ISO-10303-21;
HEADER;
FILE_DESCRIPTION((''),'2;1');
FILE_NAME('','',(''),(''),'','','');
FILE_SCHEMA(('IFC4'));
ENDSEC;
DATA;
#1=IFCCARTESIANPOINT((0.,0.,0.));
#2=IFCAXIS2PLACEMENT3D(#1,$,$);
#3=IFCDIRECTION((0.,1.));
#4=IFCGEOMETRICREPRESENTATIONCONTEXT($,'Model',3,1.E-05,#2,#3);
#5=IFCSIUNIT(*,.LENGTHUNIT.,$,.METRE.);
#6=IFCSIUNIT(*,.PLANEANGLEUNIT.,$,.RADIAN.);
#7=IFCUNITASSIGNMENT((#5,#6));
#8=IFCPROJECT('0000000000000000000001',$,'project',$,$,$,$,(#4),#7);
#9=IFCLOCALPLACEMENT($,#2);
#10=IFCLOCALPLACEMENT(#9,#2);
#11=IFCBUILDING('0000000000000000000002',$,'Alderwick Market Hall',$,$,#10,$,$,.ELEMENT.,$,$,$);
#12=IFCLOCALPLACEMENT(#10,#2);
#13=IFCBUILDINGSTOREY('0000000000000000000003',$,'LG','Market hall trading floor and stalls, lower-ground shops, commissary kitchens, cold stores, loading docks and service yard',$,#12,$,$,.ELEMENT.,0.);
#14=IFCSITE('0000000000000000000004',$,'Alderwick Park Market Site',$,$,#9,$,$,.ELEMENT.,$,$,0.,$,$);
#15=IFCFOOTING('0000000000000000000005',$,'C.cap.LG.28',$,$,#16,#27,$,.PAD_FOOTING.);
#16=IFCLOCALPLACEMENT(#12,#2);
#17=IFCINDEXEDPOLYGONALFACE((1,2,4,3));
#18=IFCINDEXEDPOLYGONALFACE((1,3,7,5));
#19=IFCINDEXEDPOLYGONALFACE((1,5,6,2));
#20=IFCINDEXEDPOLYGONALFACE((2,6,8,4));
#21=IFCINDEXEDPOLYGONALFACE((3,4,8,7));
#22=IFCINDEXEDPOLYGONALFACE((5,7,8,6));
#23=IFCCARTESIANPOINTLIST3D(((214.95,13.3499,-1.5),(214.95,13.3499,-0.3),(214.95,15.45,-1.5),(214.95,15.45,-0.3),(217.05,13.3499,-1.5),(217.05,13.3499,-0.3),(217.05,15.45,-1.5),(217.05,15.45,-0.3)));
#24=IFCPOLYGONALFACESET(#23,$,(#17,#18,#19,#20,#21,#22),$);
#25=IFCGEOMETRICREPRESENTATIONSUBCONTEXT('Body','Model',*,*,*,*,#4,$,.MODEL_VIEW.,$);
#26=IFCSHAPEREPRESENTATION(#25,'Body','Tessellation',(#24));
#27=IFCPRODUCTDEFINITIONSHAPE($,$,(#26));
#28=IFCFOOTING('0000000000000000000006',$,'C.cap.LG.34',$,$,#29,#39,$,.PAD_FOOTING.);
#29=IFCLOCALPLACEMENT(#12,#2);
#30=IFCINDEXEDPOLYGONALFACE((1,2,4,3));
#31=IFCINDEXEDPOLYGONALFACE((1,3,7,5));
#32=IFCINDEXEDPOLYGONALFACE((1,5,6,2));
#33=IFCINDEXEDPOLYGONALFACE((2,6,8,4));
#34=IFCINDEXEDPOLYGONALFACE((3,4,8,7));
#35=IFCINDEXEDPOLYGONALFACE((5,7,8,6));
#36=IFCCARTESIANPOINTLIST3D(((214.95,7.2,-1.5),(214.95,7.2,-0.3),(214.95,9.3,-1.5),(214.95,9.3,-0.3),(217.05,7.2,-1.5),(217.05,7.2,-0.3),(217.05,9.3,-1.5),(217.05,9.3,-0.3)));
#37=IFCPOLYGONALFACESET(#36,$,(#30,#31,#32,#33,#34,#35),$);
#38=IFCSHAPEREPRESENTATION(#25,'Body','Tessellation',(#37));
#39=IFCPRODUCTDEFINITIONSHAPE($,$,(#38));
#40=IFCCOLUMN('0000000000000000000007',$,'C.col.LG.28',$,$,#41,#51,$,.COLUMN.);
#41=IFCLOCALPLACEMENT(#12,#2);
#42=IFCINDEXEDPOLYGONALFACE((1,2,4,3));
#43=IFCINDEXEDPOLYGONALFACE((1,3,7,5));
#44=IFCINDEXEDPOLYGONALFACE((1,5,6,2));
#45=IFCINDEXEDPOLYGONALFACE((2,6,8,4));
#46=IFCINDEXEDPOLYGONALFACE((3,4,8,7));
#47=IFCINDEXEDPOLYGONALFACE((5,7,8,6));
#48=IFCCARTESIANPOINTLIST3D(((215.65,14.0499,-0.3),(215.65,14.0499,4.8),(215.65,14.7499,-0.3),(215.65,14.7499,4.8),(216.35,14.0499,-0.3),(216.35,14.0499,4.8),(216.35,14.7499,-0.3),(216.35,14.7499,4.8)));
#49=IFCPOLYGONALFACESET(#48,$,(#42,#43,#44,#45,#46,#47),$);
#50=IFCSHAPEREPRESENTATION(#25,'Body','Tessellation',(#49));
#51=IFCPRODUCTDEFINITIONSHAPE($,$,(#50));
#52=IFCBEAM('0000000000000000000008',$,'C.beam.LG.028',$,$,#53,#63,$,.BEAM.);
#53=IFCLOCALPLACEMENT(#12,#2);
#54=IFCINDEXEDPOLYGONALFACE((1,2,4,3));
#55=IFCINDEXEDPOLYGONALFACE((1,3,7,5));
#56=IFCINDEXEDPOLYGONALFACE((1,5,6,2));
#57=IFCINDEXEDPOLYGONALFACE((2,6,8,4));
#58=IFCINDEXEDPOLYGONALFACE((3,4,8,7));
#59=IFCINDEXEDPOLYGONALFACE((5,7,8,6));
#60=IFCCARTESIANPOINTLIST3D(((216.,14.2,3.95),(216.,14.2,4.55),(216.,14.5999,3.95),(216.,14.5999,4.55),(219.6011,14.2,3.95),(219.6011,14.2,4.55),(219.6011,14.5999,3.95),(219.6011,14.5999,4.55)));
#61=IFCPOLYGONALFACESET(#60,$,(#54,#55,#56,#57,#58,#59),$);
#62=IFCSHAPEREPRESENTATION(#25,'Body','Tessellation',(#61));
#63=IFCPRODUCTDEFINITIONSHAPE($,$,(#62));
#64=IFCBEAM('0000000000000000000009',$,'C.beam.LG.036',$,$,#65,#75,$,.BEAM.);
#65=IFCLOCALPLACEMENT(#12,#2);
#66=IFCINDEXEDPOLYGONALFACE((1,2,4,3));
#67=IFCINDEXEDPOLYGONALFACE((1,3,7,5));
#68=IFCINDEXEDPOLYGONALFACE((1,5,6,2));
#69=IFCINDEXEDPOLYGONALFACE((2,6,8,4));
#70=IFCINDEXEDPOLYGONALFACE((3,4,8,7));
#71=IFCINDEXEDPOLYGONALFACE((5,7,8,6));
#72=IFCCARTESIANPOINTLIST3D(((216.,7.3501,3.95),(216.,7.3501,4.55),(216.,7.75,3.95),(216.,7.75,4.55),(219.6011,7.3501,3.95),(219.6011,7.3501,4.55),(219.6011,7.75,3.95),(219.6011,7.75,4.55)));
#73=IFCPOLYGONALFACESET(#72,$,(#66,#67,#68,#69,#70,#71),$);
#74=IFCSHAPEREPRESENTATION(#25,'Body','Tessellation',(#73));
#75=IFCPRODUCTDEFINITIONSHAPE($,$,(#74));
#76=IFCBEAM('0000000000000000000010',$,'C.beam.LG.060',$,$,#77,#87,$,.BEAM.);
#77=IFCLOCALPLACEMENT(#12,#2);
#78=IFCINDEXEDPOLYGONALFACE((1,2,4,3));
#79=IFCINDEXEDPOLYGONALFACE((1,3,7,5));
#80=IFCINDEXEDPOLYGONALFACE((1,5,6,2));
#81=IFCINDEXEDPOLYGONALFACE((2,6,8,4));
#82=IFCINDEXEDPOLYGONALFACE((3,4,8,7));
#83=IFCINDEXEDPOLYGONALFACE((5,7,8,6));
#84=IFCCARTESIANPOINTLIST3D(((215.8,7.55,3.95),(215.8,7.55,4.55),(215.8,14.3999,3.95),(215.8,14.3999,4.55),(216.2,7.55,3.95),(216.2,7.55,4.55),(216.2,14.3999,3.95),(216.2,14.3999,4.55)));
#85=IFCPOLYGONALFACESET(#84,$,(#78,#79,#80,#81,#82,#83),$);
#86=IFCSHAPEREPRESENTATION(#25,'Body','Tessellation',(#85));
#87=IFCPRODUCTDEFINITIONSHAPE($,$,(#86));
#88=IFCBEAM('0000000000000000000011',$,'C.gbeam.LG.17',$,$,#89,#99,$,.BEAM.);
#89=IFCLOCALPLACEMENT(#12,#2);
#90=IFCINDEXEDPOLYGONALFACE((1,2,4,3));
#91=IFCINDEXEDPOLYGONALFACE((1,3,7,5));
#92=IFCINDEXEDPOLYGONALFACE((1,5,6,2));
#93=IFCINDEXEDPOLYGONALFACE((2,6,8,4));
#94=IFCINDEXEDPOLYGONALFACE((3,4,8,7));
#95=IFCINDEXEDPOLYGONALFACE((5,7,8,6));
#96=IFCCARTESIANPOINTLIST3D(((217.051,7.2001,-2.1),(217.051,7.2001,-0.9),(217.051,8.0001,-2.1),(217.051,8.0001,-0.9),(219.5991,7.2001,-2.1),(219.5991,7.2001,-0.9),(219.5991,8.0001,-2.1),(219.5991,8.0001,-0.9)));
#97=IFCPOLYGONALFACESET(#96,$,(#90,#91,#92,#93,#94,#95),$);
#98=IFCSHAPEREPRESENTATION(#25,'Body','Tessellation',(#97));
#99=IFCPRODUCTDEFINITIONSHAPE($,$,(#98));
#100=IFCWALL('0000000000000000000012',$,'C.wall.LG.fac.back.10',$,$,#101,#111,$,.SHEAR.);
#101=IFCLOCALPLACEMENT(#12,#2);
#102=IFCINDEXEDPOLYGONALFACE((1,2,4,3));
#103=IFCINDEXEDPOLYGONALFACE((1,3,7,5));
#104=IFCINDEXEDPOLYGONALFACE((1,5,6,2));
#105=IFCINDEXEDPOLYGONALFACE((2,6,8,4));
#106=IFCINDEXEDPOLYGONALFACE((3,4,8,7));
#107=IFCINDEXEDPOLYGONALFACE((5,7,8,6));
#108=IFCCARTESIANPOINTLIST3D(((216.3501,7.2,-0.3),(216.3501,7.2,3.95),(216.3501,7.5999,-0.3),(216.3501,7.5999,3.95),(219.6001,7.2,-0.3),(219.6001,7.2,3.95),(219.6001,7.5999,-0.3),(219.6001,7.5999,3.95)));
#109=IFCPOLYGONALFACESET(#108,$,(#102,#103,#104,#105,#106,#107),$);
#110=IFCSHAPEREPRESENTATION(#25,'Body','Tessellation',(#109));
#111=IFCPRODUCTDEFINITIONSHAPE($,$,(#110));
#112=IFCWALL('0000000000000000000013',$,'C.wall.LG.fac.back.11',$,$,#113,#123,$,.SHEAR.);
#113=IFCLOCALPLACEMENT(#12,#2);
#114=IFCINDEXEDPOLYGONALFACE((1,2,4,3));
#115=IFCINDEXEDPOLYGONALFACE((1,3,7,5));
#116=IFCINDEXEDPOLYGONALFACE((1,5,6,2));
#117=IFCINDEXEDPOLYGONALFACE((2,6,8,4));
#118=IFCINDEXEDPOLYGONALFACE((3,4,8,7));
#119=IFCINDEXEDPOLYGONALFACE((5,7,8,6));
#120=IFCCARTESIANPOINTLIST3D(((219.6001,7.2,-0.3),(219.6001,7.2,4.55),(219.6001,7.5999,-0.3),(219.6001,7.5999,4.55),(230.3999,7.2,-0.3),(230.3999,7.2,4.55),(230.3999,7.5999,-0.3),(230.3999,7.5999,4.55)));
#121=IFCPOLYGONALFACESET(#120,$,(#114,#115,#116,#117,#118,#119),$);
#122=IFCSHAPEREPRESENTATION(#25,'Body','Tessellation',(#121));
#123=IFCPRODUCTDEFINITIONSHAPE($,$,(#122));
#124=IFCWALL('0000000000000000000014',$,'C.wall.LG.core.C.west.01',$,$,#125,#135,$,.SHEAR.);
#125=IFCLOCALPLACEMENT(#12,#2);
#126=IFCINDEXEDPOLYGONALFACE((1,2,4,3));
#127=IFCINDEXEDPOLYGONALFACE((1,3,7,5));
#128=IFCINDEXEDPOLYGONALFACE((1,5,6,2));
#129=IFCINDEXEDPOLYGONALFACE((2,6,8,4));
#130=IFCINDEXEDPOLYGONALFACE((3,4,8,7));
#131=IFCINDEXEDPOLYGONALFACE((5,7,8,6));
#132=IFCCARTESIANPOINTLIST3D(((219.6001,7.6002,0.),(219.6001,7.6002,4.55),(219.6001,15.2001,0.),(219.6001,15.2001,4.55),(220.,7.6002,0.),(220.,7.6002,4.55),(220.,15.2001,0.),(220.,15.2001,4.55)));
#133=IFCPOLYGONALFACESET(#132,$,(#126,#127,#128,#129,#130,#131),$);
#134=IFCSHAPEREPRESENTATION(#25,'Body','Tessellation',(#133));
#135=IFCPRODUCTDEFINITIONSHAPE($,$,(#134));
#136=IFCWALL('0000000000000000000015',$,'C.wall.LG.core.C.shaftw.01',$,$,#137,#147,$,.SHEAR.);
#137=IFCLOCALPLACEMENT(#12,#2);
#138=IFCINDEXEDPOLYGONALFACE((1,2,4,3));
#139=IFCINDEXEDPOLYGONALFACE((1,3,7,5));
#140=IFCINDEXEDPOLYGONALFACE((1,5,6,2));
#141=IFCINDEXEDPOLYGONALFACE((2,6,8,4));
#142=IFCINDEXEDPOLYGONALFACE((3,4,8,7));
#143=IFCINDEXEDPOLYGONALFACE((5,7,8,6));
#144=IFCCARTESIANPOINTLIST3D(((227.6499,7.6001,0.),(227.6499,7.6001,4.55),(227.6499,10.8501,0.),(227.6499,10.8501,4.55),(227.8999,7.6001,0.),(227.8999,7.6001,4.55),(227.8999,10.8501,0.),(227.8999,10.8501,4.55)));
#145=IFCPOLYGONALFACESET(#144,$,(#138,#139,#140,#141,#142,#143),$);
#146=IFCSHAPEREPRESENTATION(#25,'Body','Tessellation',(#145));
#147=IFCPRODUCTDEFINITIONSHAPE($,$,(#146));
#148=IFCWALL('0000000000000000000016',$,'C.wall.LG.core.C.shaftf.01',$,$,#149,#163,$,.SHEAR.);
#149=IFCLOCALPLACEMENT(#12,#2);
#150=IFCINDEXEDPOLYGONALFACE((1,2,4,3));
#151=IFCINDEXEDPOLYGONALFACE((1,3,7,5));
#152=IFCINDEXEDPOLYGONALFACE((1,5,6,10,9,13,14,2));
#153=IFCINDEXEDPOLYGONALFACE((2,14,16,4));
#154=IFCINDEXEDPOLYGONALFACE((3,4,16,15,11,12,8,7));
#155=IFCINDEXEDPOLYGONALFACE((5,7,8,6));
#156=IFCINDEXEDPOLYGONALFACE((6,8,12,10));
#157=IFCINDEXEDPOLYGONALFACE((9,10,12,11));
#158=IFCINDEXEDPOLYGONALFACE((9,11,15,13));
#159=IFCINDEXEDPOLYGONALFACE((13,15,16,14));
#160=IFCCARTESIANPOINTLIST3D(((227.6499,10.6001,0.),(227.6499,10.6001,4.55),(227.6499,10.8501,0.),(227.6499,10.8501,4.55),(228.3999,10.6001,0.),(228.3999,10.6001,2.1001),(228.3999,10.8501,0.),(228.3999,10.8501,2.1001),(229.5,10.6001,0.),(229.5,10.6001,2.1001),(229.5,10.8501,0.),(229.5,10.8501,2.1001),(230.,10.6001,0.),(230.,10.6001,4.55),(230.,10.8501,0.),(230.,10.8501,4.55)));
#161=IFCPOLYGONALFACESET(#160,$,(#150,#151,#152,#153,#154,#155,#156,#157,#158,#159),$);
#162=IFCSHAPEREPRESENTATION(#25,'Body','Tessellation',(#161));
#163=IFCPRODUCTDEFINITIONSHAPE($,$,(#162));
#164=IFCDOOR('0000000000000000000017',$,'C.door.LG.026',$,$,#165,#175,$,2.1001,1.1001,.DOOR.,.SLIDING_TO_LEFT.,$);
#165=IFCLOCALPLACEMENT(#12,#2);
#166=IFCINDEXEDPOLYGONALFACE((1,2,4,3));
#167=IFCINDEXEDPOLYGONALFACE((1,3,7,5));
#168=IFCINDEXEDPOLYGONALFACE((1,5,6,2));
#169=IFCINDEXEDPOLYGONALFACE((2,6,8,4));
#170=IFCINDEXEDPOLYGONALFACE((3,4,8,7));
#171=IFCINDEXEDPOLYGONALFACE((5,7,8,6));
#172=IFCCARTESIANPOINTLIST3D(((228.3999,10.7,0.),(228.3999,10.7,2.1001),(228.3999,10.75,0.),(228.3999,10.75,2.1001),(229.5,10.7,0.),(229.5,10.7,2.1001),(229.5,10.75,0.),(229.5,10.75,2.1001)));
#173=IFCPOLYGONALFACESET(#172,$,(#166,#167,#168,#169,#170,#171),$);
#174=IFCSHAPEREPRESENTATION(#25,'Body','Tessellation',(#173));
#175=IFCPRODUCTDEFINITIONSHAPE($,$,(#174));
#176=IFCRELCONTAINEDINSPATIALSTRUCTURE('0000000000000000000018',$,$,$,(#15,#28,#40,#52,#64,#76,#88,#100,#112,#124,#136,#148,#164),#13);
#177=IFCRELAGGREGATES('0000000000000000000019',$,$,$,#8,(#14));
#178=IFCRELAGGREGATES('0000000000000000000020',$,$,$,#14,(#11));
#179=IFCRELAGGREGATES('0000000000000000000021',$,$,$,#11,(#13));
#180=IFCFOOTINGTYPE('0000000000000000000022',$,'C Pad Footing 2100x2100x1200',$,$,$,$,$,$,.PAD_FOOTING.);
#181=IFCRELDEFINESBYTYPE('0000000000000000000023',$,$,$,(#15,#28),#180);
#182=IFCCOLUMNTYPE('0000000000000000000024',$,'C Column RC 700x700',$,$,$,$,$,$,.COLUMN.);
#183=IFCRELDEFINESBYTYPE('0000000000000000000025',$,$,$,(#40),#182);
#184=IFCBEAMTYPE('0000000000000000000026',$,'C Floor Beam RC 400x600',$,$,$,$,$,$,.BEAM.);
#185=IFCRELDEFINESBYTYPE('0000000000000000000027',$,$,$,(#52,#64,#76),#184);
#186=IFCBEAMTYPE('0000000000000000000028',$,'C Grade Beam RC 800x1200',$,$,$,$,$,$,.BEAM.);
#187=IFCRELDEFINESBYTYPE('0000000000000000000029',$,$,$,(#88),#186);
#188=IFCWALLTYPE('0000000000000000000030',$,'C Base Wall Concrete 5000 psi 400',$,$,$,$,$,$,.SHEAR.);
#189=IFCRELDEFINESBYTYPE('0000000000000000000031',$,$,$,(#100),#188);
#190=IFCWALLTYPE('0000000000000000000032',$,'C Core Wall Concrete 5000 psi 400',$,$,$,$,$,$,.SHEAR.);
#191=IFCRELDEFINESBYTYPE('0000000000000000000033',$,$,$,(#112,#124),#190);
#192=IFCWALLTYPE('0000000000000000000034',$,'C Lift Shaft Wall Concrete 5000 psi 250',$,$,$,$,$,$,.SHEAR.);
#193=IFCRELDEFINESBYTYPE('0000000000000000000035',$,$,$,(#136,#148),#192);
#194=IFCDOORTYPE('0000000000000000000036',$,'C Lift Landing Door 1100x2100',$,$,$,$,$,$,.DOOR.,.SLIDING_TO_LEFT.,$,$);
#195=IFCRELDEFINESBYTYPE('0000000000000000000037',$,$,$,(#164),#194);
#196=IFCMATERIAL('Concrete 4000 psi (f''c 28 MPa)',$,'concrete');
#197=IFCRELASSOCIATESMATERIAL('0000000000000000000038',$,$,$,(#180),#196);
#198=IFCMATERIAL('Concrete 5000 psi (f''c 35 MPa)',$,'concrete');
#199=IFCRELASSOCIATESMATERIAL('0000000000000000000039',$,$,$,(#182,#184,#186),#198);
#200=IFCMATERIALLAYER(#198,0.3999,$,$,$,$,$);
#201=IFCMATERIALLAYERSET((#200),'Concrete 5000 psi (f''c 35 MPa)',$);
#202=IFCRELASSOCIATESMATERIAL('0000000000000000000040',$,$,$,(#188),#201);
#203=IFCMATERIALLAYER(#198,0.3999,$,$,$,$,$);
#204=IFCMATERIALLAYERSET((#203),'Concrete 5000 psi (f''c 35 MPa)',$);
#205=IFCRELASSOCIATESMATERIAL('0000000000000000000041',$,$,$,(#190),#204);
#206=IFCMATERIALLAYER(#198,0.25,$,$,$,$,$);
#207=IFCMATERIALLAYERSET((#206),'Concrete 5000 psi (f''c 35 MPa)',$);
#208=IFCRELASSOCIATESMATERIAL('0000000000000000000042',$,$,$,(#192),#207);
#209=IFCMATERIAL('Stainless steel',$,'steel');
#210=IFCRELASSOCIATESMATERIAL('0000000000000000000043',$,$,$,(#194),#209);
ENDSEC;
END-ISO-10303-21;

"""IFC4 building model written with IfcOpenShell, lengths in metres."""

from ifc_helpers import new_model, si_unit, direction, frame, frame_2d, origin, origin_2d, place, context, subcontext, project, spatial, rectangle, extrude, material, layer, layer_set, material_profile, profile_set, type_object, element, fill, save


model = new_model("IFC4")

# Units and contexts
model_context = context("Model", 3, precision=1e-05, world=origin(), true_north=direction((0.0, 1.0)))
body_context = subcontext(model_context, "Body", "Model", "MODEL_VIEW")
ifc_project = project(units=[si_unit("LENGTHUNIT", "METRE"), si_unit("PLANEANGLEUNIT", "RADIAN")], contexts=[model_context])

# Site, building, storey
site_placement = place(None, origin())
site = spatial("IfcSite", under=ifc_project, at=site_placement, Name="Alderwick Park Market Site", CompositionType="ELEMENT", RefElevation=0.0)
building_placement = place(site_placement, origin())
building = spatial("IfcBuilding", under=site, at=building_placement, Name="Alderwick Market Hall", CompositionType="ELEMENT")
storey_placement = place(building_placement, origin())
storey = spatial("IfcBuildingStorey", under=building, at=storey_placement, Name="LG", Description="Market hall trading floor and stalls, lower-ground shops, commissary kitchens, cold stores, loading docks and service yard", CompositionType="ELEMENT", Elevation=0.0)

# Footings
ifc_material_1 = material(Name="Concrete 4000 psi (f'c 28 MPa)", Category="concrete")
footing_type = type_object("IfcFootingType", Name="C Pad Footing 2100x2100x1200", PredefinedType="PAD_FOOTING", material=ifc_material_1)
for number, where, z_axis, x_axis, name in (
    (1, (216.0, 14.3999, -1.5), (0.0, 0.0, 1.0), (1.0, 0.0, 0.0), "C.cap.LG.28"),
    (2, (216.0, 8.25, -1.5), (0.0, 0.0, 1.0), (1.0, 0.0, 0.0), "C.cap.LG.34"),
):
    element("IfcFooting", number, at=place(storey_placement, frame(where, z_axis=z_axis, x_axis=x_axis)), inside=storey, type_object=footing_type, Name=name, PredefinedType="PAD_FOOTING", context=body_context, shape_type="SweptSolid", body=[
        extrude(rectangle(XDim=2.1001, YDim=2.1001, at=origin_2d()), origin(), (0.0, 0.0, 1.0), 1.2),
    ])

# Column
ifc_material_2 = material(Name="Concrete 5000 psi (f'c 35 MPa)", Category="concrete")
ifc_material_profile_1 = material_profile(ifc_material_2, rectangle(XDim=0.7, YDim=0.7, at=origin_2d()), Name="RC 700x700")
ifc_profile_set_1 = profile_set([ifc_material_profile_1], Name="Concrete 5000 psi (f'c 35 MPa)")
column_type = type_object("IfcColumnType", Name="C Column RC 700x700", PredefinedType="COLUMN", material=ifc_profile_set_1)
column_placement = place(storey_placement, frame((216.0, 14.3999, -0.3), z_axis=(0.0, 0.0, 1.0), x_axis=(1.0, 0.0, 0.0)))
element("IfcColumn", 3, at=column_placement, inside=storey, type_object=column_type, Name="C.col.LG.28", PredefinedType="COLUMN", context=body_context, shape_type="SweptSolid", body=[
    extrude(rectangle(XDim=0.7, YDim=0.7, at=origin_2d()), origin(), (0.0, 0.0, 1.0), 5.1001),
])

# Beams
ifc_material_profile_2 = material_profile(ifc_material_2, rectangle(XDim=0.3999, YDim=0.6001, at=origin_2d()), Name="RC 400x600")
ifc_profile_set_2 = profile_set([ifc_material_profile_2], Name="Concrete 5000 psi (f'c 35 MPa)")
beam_type_1 = type_object("IfcBeamType", Name="C Floor Beam RC 400x600", PredefinedType="BEAM", material=ifc_profile_set_2)
for number, where, z_axis, x_axis, name in (
    (4, (216.0, 14.3999, 4.25), (1.0, 0.0, 0.0), (0.0, 1.0, 0.0), "C.beam.LG.028"),
    (5, (216.0, 7.55, 4.25), (1.0, 0.0, 0.0), (0.0, 1.0, 0.0), "C.beam.LG.036"),
):
    element("IfcBeam", number, at=place(storey_placement, frame(where, z_axis=z_axis, x_axis=x_axis)), inside=storey, type_object=beam_type_1, Name=name, PredefinedType="BEAM", context=body_context, shape_type="SweptSolid", body=[
        extrude(rectangle(XDim=0.3999, YDim=0.6001, at=origin_2d()), origin(), (0.0, 0.0, 1.0), 3.6011),
    ])
beam_1_placement = place(storey_placement, frame((216.0, 14.3999, 4.25), z_axis=(0.0, -1.0, 0.0), x_axis=(1.0, 0.0, 0.0)))
element("IfcBeam", 6, at=beam_1_placement, inside=storey, type_object=beam_type_1, Name="C.beam.LG.060", PredefinedType="BEAM", context=body_context, shape_type="SweptSolid", body=[
    extrude(rectangle(XDim=0.3999, YDim=0.6001, at=origin_2d()), origin(), (0.0, 0.0, 1.0), 6.8499),
])
ifc_material_profile_3 = material_profile(ifc_material_2, rectangle(XDim=0.8, YDim=1.2, at=origin_2d()), Name="RC 800x1200")
ifc_profile_set_3 = profile_set([ifc_material_profile_3], Name="Concrete 5000 psi (f'c 35 MPa)")
beam_type_2 = type_object("IfcBeamType", Name="C Grade Beam RC 800x1200", PredefinedType="BEAM", material=ifc_profile_set_3)
beam_2_placement = place(storey_placement, frame((217.051, 7.6001, -1.5), z_axis=(1.0, 0.0, 0.0), x_axis=(0.0, 1.0, 0.0)))
element("IfcBeam", 7, at=beam_2_placement, inside=storey, type_object=beam_type_2, Name="C.gbeam.LG.17", PredefinedType="BEAM", context=body_context, shape_type="SweptSolid", body=[
    extrude(rectangle(XDim=0.8, YDim=1.2, at=origin_2d()), origin(), (0.0, 0.0, 1.0), 2.5481),
])

# Walls
ifc_layer_1 = layer(ifc_material_2, 0.3999)
ifc_layer_set_1 = layer_set([ifc_layer_1], Name="Concrete 5000 psi (f'c 35 MPa)")
wall_type_1 = type_object("IfcWallType", Name="C Base Wall Concrete 5000 psi 400", PredefinedType="SHEAR", material=ifc_layer_set_1)
wall_1_placement = place(storey_placement, frame((219.6001, 7.3999, -0.3), z_axis=(0.0, 0.0, 1.0), x_axis=(-1.0, 0.0, 0.0)))
element("IfcWall", 8, at=wall_1_placement, inside=storey, type_object=wall_type_1, Name="C.wall.LG.fac.back.10", PredefinedType="SHEAR", context=body_context, shape_type="SweptSolid", body=[
    extrude(rectangle(XDim=3.25, YDim=0.3999, at=frame_2d((1.625, 0.0))), origin(), (0.0, 0.0, 1.0), 4.25),
])
ifc_layer_2 = layer(ifc_material_2, 0.3999)
ifc_layer_set_2 = layer_set([ifc_layer_2], Name="Concrete 5000 psi (f'c 35 MPa)")
wall_type_2 = type_object("IfcWallType", Name="C Core Wall Concrete 5000 psi 400", PredefinedType="SHEAR", material=ifc_layer_set_2)
wall_2_placement = place(storey_placement, frame((230.3999, 7.3999, -0.3), z_axis=(0.0, 0.0, 1.0), x_axis=(-1.0, 0.0, 0.0)))
element("IfcWall", 9, at=wall_2_placement, inside=storey, type_object=wall_type_2, Name="C.wall.LG.fac.back.11", PredefinedType="SHEAR", context=body_context, shape_type="SweptSolid", body=[
    extrude(rectangle(XDim=10.7998, YDim=0.3999, at=frame_2d((5.3999, 0.0))), origin(), (0.0, 0.0, 1.0), 4.8501),
])
wall_3_placement = place(storey_placement, frame((219.8, 15.2, 0.0), z_axis=(0.0, 0.0, 1.0), x_axis=(0.0, -1.0, 0.0)))
element("IfcWall", 10, at=wall_3_placement, inside=storey, type_object=wall_type_2, Name="C.wall.LG.core.C.west.01", PredefinedType="SHEAR", context=body_context, shape_type="SweptSolid", body=[
    extrude(rectangle(XDim=7.5999, YDim=0.3999, at=frame_2d((3.7998, 0.0))), origin(), (0.0, 0.0, 1.0), 4.55),
])
ifc_layer_3 = layer(ifc_material_2, 0.25)
ifc_layer_set_3 = layer_set([ifc_layer_3], Name="Concrete 5000 psi (f'c 35 MPa)")
wall_type_3 = type_object("IfcWallType", Name="C Lift Shaft Wall Concrete 5000 psi 250", PredefinedType="SHEAR", material=ifc_layer_set_3)
wall_4_placement = place(storey_placement, frame((227.7749, 10.8501, 0.0), z_axis=(0.0, 0.0, 1.0), x_axis=(0.0, -1.0, 0.0)))
element("IfcWall", 11, at=wall_4_placement, inside=storey, type_object=wall_type_3, Name="C.wall.LG.core.C.shaftw.01", PredefinedType="SHEAR", context=body_context, shape_type="SweptSolid", body=[
    extrude(rectangle(XDim=3.25, YDim=0.25, at=frame_2d((1.625, 0.0))), origin(), (0.0, 0.0, 1.0), 4.55),
])

# Wall, opening, door
wall_5_placement = place(storey_placement, frame((227.6499, 10.7251, 0.0), z_axis=(0.0, 0.0, 1.0), x_axis=(1.0, 0.0, 0.0)))
wall_5 = element("IfcWall", 12, at=wall_5_placement, inside=storey, type_object=wall_type_3, Name="C.wall.LG.core.C.shaftf.01", PredefinedType="SHEAR", context=body_context, shape_type="SweptSolid", body=[
    extrude(rectangle(XDim=2.3501, YDim=0.25, at=frame_2d((1.175, 0.0))), origin(), (0.0, 0.0, 1.0), 4.55),
])
opening_1_placement = place(wall_5_placement, frame((0.75, 0.0, 0.0)))
opening_1 = element("IfcOpeningElement", 13, at=opening_1_placement, cuts=wall_5, PredefinedType="OPENING", context=body_context, shape_type="SweptSolid", body=[
    extrude(rectangle(XDim=1.1001, YDim=2.1001, at=frame_2d((0.55, 1.05))), frame((0.0, 0.135, 0.0), z_axis=(0.0, -1.0, 0.0), x_axis=(1.0, 0.0, 0.0)), (0.0, 0.0, 1.0), 0.27),
])
ifc_material_3 = material(Name="Stainless steel", Category="steel")
door_type_1 = type_object("IfcDoorType", Name="C Lift Landing Door 1100x2100", OperationType="SLIDING_TO_LEFT", PredefinedType="DOOR", material=ifc_material_3)
door_1_placement = place(opening_1_placement, origin())
door_1 = element("IfcDoor", 14, at=door_1_placement, inside=storey, type_object=door_type_1, Name="C.door.LG.026", OperationType="SLIDING_TO_LEFT", OverallHeight=2.1001, OverallWidth=1.1001, PredefinedType="DOOR", context=body_context, shape_type="SweptSolid", body=[
    extrude(rectangle(XDim=1.1001, YDim=2.1001, at=frame_2d((0.55, 1.05))), frame((0.0, 0.0249, 0.0), z_axis=(0.0, -1.0, 0.0), x_axis=(1.0, 0.0, 0.0)), (0.0, 0.0, 1.0), 0.05),
])
fill(opening_1, door_1)

save(model, "model.ifc")
